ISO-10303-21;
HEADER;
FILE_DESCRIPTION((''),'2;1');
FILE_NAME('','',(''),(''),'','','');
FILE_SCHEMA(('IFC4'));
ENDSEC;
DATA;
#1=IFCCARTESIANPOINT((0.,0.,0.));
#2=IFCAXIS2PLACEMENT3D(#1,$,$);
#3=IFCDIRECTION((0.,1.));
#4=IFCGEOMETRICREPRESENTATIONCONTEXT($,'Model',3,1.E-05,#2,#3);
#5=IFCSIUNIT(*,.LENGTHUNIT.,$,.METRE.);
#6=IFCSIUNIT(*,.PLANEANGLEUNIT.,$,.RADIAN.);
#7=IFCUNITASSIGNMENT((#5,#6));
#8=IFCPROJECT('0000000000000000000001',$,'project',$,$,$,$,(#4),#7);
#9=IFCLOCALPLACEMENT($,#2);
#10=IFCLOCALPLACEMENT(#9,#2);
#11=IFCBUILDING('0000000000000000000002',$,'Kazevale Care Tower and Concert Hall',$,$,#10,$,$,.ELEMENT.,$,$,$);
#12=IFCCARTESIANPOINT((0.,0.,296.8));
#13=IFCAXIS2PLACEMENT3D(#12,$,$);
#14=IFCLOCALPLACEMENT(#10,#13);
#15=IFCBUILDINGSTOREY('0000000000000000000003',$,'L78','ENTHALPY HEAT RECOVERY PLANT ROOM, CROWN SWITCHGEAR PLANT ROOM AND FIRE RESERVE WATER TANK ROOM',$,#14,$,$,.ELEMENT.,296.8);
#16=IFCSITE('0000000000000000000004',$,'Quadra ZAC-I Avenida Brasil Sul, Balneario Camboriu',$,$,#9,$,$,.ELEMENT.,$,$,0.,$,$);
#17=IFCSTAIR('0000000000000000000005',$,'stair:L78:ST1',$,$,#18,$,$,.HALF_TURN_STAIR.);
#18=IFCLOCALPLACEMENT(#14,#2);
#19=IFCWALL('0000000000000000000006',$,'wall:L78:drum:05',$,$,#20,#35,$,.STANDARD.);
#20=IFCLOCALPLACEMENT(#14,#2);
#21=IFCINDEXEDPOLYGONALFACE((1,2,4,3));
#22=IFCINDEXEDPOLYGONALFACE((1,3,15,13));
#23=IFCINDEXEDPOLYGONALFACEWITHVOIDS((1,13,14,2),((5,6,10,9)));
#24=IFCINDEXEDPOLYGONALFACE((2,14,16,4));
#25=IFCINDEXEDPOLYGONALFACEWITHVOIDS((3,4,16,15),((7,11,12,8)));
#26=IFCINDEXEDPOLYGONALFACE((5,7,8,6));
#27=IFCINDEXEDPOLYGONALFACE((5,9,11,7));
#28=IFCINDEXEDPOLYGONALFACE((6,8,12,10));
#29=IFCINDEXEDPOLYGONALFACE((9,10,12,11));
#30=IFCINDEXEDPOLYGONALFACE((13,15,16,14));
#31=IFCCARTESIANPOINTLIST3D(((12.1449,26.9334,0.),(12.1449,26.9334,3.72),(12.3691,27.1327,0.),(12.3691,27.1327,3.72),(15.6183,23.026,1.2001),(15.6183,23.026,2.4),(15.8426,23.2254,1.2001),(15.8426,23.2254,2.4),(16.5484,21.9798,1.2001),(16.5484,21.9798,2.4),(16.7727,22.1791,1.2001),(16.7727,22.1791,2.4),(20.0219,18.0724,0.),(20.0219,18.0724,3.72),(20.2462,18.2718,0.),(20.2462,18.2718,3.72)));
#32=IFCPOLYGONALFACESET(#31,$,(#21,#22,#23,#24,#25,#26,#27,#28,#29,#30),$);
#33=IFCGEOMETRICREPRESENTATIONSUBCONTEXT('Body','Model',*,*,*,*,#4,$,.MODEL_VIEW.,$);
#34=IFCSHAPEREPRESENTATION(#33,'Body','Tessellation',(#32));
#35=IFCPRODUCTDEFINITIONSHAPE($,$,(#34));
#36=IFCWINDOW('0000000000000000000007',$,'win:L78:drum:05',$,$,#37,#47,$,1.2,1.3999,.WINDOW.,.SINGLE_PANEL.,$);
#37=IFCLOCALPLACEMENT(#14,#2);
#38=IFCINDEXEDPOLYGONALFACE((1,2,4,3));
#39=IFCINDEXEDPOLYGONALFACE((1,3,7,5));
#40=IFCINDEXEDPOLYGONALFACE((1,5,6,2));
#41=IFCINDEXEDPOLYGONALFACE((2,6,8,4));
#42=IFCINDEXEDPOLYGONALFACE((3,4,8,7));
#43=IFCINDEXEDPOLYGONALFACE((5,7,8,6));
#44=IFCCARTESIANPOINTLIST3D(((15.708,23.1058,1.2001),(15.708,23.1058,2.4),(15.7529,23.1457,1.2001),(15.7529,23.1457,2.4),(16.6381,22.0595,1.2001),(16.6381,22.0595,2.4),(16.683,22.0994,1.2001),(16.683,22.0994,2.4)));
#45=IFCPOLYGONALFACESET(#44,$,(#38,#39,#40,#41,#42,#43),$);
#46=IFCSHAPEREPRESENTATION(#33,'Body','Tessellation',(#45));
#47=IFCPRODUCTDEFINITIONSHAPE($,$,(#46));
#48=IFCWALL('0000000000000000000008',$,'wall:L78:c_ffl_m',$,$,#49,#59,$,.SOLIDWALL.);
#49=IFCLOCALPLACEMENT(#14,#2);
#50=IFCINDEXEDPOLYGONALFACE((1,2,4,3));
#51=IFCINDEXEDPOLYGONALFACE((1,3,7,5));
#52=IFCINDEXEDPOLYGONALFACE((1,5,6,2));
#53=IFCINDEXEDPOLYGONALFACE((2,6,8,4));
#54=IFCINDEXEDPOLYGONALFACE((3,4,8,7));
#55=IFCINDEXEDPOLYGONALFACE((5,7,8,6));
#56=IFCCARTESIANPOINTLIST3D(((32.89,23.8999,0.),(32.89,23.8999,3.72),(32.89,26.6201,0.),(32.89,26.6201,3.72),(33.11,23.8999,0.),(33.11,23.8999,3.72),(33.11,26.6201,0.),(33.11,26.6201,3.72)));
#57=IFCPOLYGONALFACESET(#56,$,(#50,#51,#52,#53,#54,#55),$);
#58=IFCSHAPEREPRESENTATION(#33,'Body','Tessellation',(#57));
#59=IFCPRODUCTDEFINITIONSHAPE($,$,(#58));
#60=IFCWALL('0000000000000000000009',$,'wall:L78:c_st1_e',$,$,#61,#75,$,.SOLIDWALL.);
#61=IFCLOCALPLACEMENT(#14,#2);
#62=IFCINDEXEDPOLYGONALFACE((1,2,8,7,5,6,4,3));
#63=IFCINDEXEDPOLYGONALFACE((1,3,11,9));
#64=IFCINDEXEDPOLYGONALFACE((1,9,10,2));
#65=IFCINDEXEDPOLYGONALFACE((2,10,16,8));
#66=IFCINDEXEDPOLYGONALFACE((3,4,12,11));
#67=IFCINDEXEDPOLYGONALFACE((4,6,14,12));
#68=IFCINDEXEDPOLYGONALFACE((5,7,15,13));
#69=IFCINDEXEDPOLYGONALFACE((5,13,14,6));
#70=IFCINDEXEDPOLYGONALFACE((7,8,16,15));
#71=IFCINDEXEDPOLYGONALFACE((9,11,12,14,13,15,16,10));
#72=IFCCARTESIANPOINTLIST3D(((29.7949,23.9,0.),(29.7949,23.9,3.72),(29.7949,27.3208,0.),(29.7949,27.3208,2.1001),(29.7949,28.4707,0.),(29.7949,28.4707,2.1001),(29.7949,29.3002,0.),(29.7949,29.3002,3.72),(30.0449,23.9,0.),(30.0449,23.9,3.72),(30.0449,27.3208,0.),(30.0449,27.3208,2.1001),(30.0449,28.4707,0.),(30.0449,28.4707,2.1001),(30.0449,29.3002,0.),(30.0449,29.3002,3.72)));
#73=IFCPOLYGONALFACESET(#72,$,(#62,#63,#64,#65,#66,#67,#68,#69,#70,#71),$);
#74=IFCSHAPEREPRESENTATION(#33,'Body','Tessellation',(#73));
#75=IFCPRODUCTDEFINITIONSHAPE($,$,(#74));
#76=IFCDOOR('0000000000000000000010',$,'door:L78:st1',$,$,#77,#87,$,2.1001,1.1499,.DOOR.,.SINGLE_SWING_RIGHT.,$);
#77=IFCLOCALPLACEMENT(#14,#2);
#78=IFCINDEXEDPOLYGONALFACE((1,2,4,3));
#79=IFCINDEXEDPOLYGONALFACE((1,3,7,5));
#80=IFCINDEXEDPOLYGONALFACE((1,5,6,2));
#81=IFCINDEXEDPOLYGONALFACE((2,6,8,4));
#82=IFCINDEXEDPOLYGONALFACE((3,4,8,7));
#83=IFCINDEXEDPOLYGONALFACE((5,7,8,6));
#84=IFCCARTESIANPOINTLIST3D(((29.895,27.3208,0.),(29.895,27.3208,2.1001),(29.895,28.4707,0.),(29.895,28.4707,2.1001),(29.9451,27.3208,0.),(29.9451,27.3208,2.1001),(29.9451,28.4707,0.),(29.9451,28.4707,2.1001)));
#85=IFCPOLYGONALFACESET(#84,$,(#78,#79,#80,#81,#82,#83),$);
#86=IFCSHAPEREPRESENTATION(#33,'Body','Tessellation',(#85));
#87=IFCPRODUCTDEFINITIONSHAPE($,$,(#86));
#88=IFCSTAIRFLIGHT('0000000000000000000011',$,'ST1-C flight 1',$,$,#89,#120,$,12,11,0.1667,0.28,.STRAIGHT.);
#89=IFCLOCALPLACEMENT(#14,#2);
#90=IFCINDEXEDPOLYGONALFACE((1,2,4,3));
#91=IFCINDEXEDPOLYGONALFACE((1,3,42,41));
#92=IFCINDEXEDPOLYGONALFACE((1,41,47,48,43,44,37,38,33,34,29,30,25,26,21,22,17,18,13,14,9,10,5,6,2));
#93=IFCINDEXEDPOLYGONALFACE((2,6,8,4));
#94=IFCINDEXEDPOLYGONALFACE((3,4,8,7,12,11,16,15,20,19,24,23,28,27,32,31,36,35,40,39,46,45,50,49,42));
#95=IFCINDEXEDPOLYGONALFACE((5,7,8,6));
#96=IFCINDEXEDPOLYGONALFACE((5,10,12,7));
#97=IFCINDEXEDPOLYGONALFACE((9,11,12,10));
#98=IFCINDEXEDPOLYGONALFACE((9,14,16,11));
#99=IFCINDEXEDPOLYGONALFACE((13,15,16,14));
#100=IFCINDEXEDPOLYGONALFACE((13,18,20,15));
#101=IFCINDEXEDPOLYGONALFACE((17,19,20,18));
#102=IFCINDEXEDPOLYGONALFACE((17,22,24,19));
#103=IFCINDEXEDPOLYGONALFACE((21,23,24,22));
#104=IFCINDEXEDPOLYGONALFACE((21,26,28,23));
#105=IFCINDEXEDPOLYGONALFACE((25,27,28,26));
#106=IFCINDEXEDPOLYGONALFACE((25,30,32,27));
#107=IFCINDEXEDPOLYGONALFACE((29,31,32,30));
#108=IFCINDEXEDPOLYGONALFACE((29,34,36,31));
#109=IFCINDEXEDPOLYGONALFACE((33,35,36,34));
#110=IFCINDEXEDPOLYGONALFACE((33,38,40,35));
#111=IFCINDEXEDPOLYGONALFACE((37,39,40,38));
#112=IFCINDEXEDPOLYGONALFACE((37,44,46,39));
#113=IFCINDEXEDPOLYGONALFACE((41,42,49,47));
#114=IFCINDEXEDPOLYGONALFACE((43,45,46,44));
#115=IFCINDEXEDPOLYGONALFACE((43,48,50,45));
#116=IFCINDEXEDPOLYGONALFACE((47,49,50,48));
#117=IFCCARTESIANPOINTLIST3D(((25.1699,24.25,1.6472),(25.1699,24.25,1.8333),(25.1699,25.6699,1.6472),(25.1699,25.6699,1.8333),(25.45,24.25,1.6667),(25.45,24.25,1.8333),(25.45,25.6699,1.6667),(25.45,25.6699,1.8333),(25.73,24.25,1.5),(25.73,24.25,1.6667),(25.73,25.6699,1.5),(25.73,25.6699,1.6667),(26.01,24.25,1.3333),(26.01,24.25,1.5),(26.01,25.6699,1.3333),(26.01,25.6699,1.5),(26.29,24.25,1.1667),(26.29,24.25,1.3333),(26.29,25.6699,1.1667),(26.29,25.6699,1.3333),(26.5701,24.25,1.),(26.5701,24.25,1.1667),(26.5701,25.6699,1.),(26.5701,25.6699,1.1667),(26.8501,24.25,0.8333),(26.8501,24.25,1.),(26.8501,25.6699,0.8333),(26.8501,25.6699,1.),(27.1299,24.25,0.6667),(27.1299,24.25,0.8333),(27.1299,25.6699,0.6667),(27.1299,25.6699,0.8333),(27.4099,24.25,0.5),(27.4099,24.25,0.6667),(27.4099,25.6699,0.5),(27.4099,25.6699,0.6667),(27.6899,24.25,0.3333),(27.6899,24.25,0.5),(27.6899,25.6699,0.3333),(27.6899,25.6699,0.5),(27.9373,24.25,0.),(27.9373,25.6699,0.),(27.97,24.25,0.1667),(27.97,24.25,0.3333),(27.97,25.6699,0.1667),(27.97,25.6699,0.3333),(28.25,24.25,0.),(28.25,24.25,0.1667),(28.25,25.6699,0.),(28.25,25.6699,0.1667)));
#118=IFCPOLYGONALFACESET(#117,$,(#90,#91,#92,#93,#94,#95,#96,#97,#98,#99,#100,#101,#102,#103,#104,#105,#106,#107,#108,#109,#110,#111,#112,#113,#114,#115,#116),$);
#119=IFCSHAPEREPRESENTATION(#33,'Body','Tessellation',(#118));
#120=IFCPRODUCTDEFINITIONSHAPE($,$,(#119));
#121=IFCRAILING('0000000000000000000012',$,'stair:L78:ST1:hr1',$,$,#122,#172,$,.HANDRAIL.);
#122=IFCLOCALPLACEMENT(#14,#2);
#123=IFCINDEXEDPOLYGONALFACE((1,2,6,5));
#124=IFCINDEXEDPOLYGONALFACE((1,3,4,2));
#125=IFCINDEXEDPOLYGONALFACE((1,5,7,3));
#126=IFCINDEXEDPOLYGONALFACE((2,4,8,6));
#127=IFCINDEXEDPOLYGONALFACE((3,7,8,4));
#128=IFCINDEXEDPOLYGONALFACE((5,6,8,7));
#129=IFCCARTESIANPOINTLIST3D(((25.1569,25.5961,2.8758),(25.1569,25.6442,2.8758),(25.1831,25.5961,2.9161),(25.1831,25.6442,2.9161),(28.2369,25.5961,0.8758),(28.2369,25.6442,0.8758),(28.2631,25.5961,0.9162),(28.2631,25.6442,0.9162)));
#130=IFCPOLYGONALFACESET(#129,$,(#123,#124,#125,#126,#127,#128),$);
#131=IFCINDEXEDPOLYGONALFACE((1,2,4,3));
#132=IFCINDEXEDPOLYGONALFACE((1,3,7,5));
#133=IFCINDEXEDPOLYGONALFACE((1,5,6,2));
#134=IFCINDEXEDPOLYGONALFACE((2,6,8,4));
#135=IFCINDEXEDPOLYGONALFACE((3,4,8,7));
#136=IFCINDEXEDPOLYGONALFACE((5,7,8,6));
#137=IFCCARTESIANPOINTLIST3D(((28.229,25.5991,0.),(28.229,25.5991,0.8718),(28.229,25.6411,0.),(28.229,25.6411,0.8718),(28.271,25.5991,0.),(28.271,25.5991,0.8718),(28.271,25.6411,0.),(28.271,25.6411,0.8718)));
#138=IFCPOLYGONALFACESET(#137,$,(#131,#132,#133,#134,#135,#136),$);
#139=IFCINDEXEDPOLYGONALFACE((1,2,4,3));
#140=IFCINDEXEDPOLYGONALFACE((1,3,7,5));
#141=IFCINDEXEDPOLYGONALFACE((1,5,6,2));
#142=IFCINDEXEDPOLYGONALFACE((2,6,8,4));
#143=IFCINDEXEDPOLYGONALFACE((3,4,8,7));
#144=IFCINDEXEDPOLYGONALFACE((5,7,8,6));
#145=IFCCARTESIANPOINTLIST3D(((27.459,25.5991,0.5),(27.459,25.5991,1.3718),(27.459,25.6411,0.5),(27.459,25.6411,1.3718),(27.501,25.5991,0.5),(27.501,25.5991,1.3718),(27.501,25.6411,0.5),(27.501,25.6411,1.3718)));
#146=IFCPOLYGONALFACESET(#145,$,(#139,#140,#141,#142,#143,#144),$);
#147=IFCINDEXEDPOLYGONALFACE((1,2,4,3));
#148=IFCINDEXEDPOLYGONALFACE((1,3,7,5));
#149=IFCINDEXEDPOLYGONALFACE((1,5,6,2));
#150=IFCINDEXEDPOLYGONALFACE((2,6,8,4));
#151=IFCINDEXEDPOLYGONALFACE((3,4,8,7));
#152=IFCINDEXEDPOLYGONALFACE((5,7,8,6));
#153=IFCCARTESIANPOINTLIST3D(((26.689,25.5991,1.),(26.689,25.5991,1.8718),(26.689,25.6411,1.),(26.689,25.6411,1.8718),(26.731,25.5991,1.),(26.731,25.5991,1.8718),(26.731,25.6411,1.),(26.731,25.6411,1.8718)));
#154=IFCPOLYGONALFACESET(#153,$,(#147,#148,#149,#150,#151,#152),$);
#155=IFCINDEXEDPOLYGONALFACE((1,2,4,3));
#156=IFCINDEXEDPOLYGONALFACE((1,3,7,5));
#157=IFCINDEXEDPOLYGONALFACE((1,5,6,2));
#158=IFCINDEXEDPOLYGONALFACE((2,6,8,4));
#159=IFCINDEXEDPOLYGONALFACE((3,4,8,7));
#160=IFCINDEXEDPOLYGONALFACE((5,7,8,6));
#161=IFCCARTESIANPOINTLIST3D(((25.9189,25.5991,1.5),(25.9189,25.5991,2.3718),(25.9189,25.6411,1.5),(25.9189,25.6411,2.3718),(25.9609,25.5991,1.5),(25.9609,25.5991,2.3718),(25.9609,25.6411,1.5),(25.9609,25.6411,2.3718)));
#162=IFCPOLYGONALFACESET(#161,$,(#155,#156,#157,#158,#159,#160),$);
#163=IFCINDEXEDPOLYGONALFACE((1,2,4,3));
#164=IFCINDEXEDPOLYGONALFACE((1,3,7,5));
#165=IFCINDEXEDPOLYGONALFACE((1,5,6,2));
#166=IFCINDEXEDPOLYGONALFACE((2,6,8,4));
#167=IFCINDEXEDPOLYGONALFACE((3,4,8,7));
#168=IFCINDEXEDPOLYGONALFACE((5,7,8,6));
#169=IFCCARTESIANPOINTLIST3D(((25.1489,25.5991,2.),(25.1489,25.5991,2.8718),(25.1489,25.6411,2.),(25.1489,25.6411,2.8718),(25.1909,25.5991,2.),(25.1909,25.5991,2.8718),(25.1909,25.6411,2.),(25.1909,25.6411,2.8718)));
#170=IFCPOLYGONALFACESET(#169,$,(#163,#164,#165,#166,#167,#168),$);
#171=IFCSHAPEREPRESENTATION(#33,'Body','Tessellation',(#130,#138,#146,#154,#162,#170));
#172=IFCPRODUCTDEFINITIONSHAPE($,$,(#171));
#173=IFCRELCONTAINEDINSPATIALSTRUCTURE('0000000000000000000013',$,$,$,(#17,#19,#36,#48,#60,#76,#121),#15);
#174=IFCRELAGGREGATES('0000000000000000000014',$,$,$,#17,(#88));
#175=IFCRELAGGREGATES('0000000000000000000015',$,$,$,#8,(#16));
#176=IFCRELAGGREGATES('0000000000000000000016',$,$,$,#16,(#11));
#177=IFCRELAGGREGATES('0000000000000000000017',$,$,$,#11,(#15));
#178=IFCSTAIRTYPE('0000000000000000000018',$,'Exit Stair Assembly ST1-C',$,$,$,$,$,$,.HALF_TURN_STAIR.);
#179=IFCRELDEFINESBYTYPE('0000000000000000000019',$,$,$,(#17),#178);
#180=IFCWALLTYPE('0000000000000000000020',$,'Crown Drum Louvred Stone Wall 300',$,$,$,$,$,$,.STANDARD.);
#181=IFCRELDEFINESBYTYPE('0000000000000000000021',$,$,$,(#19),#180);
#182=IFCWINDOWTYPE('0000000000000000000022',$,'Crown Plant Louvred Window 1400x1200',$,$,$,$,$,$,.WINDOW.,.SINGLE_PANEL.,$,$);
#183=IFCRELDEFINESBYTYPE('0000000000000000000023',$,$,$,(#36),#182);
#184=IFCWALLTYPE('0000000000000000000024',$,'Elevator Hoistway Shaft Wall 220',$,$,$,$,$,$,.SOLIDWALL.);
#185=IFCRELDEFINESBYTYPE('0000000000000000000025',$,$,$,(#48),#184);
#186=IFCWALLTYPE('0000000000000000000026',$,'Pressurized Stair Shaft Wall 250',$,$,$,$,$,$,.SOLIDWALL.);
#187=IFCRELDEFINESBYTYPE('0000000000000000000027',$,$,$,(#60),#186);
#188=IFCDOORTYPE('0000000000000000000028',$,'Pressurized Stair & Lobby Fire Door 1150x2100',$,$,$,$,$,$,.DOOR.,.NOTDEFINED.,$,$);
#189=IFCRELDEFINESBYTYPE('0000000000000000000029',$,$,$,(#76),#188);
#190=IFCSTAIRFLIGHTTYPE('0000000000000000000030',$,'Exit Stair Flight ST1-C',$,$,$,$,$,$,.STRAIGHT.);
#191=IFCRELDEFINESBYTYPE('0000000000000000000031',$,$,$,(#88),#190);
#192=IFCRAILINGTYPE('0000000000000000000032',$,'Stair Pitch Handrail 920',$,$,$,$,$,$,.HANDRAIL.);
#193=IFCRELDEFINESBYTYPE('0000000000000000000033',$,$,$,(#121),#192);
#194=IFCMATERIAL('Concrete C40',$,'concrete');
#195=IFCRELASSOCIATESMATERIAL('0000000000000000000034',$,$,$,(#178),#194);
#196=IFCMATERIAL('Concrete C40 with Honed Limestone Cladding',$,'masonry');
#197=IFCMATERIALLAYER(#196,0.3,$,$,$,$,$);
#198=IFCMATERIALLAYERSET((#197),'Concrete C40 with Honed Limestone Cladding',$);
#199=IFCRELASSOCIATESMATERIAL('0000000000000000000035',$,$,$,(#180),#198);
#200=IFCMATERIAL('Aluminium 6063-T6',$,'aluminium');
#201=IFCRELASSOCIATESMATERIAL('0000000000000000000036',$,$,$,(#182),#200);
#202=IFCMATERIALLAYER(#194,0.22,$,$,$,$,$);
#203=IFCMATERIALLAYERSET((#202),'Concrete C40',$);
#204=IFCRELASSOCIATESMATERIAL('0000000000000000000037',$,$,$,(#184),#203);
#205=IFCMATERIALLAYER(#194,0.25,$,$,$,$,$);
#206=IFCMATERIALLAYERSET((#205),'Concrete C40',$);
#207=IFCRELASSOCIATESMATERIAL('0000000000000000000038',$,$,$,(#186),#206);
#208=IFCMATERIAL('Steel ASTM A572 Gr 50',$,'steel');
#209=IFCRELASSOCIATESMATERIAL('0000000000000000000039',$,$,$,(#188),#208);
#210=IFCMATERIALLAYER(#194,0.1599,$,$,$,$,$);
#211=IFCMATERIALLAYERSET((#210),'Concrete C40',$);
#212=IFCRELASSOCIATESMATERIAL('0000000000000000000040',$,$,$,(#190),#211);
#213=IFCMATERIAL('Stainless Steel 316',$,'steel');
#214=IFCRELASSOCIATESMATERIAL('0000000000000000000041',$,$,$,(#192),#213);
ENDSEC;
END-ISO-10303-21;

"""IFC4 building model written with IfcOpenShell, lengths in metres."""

from ifc_helpers import new_model, si_unit, direction, frame, frame_2d, origin, origin_2d, place, context, subcontext, project, spatial, polyline, rectangle, outline, extrude, material, layer, layer_set, type_object, element, fill, aggregate, save


model = new_model("IFC4")

# Units and contexts
model_context = context("Model", 3, precision=1e-05, world=origin(), true_north=direction((0.0, 1.0)))
body_context = subcontext(model_context, "Body", "Model", "MODEL_VIEW")
ifc_project = project(units=[si_unit("LENGTHUNIT", "METRE"), si_unit("PLANEANGLEUNIT", "RADIAN")], contexts=[model_context])

# Site, building, storey
site_placement = place(None, origin())
site = spatial("IfcSite", under=ifc_project, at=site_placement, Name="Quadra ZAC-I Avenida Brasil Sul, Balneario Camboriu", CompositionType="ELEMENT", RefElevation=0.0)
building_placement = place(site_placement, origin())
building = spatial("IfcBuilding", under=site, at=building_placement, Name="Kazevale Care Tower and Concert Hall", CompositionType="ELEMENT")
storey_placement = place(building_placement, frame((0.0, 0.0, 296.8)))
storey = spatial("IfcBuildingStorey", under=building, at=storey_placement, Name="L78", Description="ENTHALPY HEAT RECOVERY PLANT ROOM, CROWN SWITCHGEAR PLANT ROOM AND FIRE RESERVE WATER TANK ROOM", CompositionType="ELEMENT", Elevation=296.8)

# Shared definitions
ifc_material_1 = material(Name="Steel ASTM A572 Gr 50", Category="steel")

# Shared definitions
ifc_material_2 = material(Name="Concrete C40", Category="concrete")

# Stair
stair_type = type_object("IfcStairType", Name="Exit Stair Assembly ST1-C", PredefinedType="HALF_TURN_STAIR", material=ifc_material_2)
stair_1_placement = place(storey_placement, origin())
stair_1 = element("IfcStair", 1, at=stair_1_placement, inside=storey, type_object=stair_type, Name="stair:L78:ST1", PredefinedType="HALF_TURN_STAIR")

# Shared definitions
ifc_material_3 = material(Name="Concrete C40 with Honed Limestone Cladding", Category="masonry")
ifc_layer_1 = layer(ifc_material_3, 0.3)
ifc_layer_set_1 = layer_set([ifc_layer_1], Name="Concrete C40 with Honed Limestone Cladding")
wall_type_1 = type_object("IfcWallType", Name="Crown Drum Louvred Stone Wall 300", PredefinedType="STANDARD", material=ifc_layer_set_1)

# Wall, opening, window
wall_1_placement = place(storey_placement, frame((20.134, 18.1721, 0.0), z_axis=(0.0, 0.0, 1.0), x_axis=(-0.664395, 0.747382, 0.0)))
wall_1 = element("IfcWall", 2, at=wall_1_placement, inside=storey, type_object=wall_type_1, Name="wall:L78:drum:05", PredefinedType="STANDARD", context=body_context, shape_type="SweptSolid", body=[
    extrude(rectangle(XDim=11.856, YDim=0.3, at=frame_2d((5.928, 0.0))), origin(), (0.0, 0.0, 1.0), 3.72),
])
opening_1_placement = place(wall_1_placement, frame((5.228, 0.0, 1.2)))
opening_1 = element("IfcOpeningElement", 3, at=opening_1_placement, cuts=wall_1, PredefinedType="OPENING", context=body_context, shape_type="SweptSolid", body=[
    extrude(rectangle(XDim=1.3999, YDim=1.2, at=frame_2d((0.7, 0.6001))), frame((0.0, 0.1599, 0.0), z_axis=(0.0, -1.0, 0.0), x_axis=(1.0, 0.0, 0.0)), (0.0, 0.0, 1.0), 0.3201),
])
ifc_material_4 = material(Name="Aluminium 6063-T6", Category="aluminium")
window_type = type_object("IfcWindowType", Name="Crown Plant Louvred Window 1400x1200", PartitioningType="SINGLE_PANEL", PredefinedType="WINDOW", material=ifc_material_4)
window_placement = place(opening_1_placement, origin())
window = element("IfcWindow", 4, at=window_placement, inside=storey, type_object=window_type, Name="win:L78:drum:05", OverallHeight=1.2, OverallWidth=1.3999, PartitioningType="SINGLE_PANEL", PredefinedType="WINDOW", context=body_context, shape_type="SweptSolid", body=[
    extrude(rectangle(XDim=1.3999, YDim=1.2, at=frame_2d((0.7, 0.6001))), frame((0.0, 0.03, 0.0), z_axis=(0.0, -1.0, 0.0), x_axis=(1.0, 0.0, 0.0)), (0.0, 0.0, 1.0), 0.0601),
])
fill(opening_1, window)

# Wall
ifc_layer_2 = layer(ifc_material_2, 0.22)
ifc_layer_set_2 = layer_set([ifc_layer_2], Name="Concrete C40")
wall_type_2 = type_object("IfcWallType", Name="Elevator Hoistway Shaft Wall 220", PredefinedType="SOLIDWALL", material=ifc_layer_set_2)
wall_2_placement = place(storey_placement, frame((33.0, 23.8999, 0.0), z_axis=(0.0, 0.0, 1.0), x_axis=(0.0, 1.0, 0.0)))
element("IfcWall", 5, at=wall_2_placement, inside=storey, type_object=wall_type_2, Name="wall:L78:c_ffl_m", PredefinedType="SOLIDWALL", context=body_context, shape_type="SweptSolid", body=[
    extrude(rectangle(XDim=2.7202, YDim=0.22, at=frame_2d((1.3601, 0.0))), origin(), (0.0, 0.0, 1.0), 3.72),
])

# Wall, opening, door
ifc_layer_3 = layer(ifc_material_2, 0.25)
ifc_layer_set_3 = layer_set([ifc_layer_3], Name="Concrete C40")
wall_type_3 = type_object("IfcWallType", Name="Pressurized Stair Shaft Wall 250", PredefinedType="SOLIDWALL", material=ifc_layer_set_3)
wall_3_placement = place(storey_placement, frame((29.9199, 23.8999, 0.0), z_axis=(0.0, 0.0, 1.0), x_axis=(0.0, 1.0, 0.0)))
wall_3 = element("IfcWall", 6, at=wall_3_placement, inside=storey, type_object=wall_type_3, Name="wall:L78:c_st1_e", PredefinedType="SOLIDWALL", context=body_context, shape_type="SweptSolid", body=[
    extrude(rectangle(XDim=5.4001, YDim=0.25, at=frame_2d((2.7002, 0.0))), origin(), (0.0, 0.0, 1.0), 3.72),
])
opening_2_placement = place(wall_3_placement, frame((3.4209, 0.0, 0.0)))
opening_2 = element("IfcOpeningElement", 7, at=opening_2_placement, cuts=wall_3, PredefinedType="OPENING", context=body_context, shape_type="SweptSolid", body=[
    extrude(rectangle(XDim=1.1499, YDim=2.1001, at=frame_2d((0.575, 1.05))), frame((0.0, 0.135, 0.0), z_axis=(0.0, -1.0, 0.0), x_axis=(1.0, 0.0, 0.0)), (0.0, 0.0, 1.0), 0.27),
])
door_type = type_object("IfcDoorType", Name="Pressurized Stair & Lobby Fire Door 1150x2100", OperationType="NOTDEFINED", PredefinedType="DOOR", material=ifc_material_1)
door_placement = place(opening_2_placement, origin())
door = element("IfcDoor", 8, at=door_placement, inside=storey, type_object=door_type, Name="door:L78:st1", OperationType="SINGLE_SWING_RIGHT", OverallHeight=2.1001, OverallWidth=1.1499, PredefinedType="DOOR", context=body_context, shape_type="SweptSolid", body=[
    extrude(rectangle(XDim=1.1499, YDim=2.1001, at=frame_2d((0.575, 1.05))), frame((0.0, 0.0249, 0.0), z_axis=(0.0, -1.0, 0.0), x_axis=(1.0, 0.0, 0.0)), (0.0, 0.0, 1.0), 0.05),
])
fill(opening_2, door)

# Stair flight
ifc_layer_4 = layer(ifc_material_2, 0.1599)
ifc_layer_set_4 = layer_set([ifc_layer_4], Name="Concrete C40")
stair_flight_type = type_object("IfcStairFlightType", Name="Exit Stair Flight ST1-C", PredefinedType="STRAIGHT", material=ifc_layer_set_4)
stair_flight_placement = place(storey_placement, frame((28.25, 24.96, 0.0), z_axis=(0.0, 0.0, 1.0), x_axis=(-1.0, 0.0, 0.0)))
stair_flight = element("IfcStairFlight", 9, at=stair_flight_placement, type_object=stair_flight_type, Name="ST1-C flight 1", NumberOfRisers=12, NumberOfTreads=11, PredefinedType="STRAIGHT", RiserHeight=0.1667, TreadLength=0.28, context=body_context, shape_type="SweptSolid", body=[
    extrude(outline(polyline([(0.0, 0.0), (0.0, 0.1667), (0.28, 0.1667), (0.28, 0.3333), (0.5601, 0.3333), (0.5601, 0.5), (0.8401, 0.5), (0.8401, 0.6667), (1.1201, 0.6667), (1.1201, 0.8333), (1.3999, 0.8333), (1.3999, 1.0), (1.6799, 1.0), (1.6799, 1.1667), (1.96, 1.1667), (1.96, 1.3333), (2.24, 1.3333), (2.24, 1.5), (2.52, 1.5), (2.52, 1.6667), (2.8, 1.6667), (2.8, 1.8333), (3.0801, 1.8333), (3.0801, 2.0), (3.0801, 1.6472), (0.3127, 0.0), (0.0, 0.0)])), frame((0.0, 0.71, 0.0), z_axis=(0.0, -1.0, 0.0), x_axis=(1.0, 0.0, 0.0)), (0.0, 0.0, 1.0), 1.4199),
])
aggregate(stair_1, [stair_flight])

# Railing
ifc_material_5 = material(Name="Stainless Steel 316", Category="steel")
railing_type_1 = type_object("IfcRailingType", Name="Stair Pitch Handrail 920", PredefinedType="HANDRAIL", material=ifc_material_5)
railing_1_placement = place(storey_placement, frame((28.25, 25.6201, 0.0)))
element("IfcRailing", 10, at=railing_1_placement, inside=storey, type_object=railing_type_1, Name="stair:L78:ST1:hr1", PredefinedType="HANDRAIL", context=body_context, shape_type="SweptSolid", body=[
    extrude(rectangle(XDim=0.0481, YDim=0.0481, at=origin_2d()), frame((0.0, 0.0, 0.896), z_axis=(-0.838699, 0.0, 0.544596), x_axis=(0.0, -1.0, 0.0)), (0.0, 0.0, 1.0), 3.6724),
    extrude(rectangle(XDim=0.042, YDim=0.042, at=origin_2d()), origin(), (0.0, 0.0, 1.0), 0.8718),
    extrude(rectangle(XDim=0.042, YDim=0.042, at=origin_2d()), frame((-0.77, 0.0, 0.5)), (0.0, 0.0, 1.0), 0.8718),
    extrude(rectangle(XDim=0.042, YDim=0.042, at=origin_2d()), frame((-1.54, 0.0, 1.0)), (0.0, 0.0, 1.0), 0.8718),
    extrude(rectangle(XDim=0.042, YDim=0.042, at=origin_2d()), frame((-2.3101, 0.0, 1.5)), (0.0, 0.0, 1.0), 0.8718),
    extrude(rectangle(XDim=0.042, YDim=0.042, at=origin_2d()), frame((-3.0801, 0.0, 2.0)), (0.0, 0.0, 1.0), 0.8718),
])

save(model, "model.ifc")
